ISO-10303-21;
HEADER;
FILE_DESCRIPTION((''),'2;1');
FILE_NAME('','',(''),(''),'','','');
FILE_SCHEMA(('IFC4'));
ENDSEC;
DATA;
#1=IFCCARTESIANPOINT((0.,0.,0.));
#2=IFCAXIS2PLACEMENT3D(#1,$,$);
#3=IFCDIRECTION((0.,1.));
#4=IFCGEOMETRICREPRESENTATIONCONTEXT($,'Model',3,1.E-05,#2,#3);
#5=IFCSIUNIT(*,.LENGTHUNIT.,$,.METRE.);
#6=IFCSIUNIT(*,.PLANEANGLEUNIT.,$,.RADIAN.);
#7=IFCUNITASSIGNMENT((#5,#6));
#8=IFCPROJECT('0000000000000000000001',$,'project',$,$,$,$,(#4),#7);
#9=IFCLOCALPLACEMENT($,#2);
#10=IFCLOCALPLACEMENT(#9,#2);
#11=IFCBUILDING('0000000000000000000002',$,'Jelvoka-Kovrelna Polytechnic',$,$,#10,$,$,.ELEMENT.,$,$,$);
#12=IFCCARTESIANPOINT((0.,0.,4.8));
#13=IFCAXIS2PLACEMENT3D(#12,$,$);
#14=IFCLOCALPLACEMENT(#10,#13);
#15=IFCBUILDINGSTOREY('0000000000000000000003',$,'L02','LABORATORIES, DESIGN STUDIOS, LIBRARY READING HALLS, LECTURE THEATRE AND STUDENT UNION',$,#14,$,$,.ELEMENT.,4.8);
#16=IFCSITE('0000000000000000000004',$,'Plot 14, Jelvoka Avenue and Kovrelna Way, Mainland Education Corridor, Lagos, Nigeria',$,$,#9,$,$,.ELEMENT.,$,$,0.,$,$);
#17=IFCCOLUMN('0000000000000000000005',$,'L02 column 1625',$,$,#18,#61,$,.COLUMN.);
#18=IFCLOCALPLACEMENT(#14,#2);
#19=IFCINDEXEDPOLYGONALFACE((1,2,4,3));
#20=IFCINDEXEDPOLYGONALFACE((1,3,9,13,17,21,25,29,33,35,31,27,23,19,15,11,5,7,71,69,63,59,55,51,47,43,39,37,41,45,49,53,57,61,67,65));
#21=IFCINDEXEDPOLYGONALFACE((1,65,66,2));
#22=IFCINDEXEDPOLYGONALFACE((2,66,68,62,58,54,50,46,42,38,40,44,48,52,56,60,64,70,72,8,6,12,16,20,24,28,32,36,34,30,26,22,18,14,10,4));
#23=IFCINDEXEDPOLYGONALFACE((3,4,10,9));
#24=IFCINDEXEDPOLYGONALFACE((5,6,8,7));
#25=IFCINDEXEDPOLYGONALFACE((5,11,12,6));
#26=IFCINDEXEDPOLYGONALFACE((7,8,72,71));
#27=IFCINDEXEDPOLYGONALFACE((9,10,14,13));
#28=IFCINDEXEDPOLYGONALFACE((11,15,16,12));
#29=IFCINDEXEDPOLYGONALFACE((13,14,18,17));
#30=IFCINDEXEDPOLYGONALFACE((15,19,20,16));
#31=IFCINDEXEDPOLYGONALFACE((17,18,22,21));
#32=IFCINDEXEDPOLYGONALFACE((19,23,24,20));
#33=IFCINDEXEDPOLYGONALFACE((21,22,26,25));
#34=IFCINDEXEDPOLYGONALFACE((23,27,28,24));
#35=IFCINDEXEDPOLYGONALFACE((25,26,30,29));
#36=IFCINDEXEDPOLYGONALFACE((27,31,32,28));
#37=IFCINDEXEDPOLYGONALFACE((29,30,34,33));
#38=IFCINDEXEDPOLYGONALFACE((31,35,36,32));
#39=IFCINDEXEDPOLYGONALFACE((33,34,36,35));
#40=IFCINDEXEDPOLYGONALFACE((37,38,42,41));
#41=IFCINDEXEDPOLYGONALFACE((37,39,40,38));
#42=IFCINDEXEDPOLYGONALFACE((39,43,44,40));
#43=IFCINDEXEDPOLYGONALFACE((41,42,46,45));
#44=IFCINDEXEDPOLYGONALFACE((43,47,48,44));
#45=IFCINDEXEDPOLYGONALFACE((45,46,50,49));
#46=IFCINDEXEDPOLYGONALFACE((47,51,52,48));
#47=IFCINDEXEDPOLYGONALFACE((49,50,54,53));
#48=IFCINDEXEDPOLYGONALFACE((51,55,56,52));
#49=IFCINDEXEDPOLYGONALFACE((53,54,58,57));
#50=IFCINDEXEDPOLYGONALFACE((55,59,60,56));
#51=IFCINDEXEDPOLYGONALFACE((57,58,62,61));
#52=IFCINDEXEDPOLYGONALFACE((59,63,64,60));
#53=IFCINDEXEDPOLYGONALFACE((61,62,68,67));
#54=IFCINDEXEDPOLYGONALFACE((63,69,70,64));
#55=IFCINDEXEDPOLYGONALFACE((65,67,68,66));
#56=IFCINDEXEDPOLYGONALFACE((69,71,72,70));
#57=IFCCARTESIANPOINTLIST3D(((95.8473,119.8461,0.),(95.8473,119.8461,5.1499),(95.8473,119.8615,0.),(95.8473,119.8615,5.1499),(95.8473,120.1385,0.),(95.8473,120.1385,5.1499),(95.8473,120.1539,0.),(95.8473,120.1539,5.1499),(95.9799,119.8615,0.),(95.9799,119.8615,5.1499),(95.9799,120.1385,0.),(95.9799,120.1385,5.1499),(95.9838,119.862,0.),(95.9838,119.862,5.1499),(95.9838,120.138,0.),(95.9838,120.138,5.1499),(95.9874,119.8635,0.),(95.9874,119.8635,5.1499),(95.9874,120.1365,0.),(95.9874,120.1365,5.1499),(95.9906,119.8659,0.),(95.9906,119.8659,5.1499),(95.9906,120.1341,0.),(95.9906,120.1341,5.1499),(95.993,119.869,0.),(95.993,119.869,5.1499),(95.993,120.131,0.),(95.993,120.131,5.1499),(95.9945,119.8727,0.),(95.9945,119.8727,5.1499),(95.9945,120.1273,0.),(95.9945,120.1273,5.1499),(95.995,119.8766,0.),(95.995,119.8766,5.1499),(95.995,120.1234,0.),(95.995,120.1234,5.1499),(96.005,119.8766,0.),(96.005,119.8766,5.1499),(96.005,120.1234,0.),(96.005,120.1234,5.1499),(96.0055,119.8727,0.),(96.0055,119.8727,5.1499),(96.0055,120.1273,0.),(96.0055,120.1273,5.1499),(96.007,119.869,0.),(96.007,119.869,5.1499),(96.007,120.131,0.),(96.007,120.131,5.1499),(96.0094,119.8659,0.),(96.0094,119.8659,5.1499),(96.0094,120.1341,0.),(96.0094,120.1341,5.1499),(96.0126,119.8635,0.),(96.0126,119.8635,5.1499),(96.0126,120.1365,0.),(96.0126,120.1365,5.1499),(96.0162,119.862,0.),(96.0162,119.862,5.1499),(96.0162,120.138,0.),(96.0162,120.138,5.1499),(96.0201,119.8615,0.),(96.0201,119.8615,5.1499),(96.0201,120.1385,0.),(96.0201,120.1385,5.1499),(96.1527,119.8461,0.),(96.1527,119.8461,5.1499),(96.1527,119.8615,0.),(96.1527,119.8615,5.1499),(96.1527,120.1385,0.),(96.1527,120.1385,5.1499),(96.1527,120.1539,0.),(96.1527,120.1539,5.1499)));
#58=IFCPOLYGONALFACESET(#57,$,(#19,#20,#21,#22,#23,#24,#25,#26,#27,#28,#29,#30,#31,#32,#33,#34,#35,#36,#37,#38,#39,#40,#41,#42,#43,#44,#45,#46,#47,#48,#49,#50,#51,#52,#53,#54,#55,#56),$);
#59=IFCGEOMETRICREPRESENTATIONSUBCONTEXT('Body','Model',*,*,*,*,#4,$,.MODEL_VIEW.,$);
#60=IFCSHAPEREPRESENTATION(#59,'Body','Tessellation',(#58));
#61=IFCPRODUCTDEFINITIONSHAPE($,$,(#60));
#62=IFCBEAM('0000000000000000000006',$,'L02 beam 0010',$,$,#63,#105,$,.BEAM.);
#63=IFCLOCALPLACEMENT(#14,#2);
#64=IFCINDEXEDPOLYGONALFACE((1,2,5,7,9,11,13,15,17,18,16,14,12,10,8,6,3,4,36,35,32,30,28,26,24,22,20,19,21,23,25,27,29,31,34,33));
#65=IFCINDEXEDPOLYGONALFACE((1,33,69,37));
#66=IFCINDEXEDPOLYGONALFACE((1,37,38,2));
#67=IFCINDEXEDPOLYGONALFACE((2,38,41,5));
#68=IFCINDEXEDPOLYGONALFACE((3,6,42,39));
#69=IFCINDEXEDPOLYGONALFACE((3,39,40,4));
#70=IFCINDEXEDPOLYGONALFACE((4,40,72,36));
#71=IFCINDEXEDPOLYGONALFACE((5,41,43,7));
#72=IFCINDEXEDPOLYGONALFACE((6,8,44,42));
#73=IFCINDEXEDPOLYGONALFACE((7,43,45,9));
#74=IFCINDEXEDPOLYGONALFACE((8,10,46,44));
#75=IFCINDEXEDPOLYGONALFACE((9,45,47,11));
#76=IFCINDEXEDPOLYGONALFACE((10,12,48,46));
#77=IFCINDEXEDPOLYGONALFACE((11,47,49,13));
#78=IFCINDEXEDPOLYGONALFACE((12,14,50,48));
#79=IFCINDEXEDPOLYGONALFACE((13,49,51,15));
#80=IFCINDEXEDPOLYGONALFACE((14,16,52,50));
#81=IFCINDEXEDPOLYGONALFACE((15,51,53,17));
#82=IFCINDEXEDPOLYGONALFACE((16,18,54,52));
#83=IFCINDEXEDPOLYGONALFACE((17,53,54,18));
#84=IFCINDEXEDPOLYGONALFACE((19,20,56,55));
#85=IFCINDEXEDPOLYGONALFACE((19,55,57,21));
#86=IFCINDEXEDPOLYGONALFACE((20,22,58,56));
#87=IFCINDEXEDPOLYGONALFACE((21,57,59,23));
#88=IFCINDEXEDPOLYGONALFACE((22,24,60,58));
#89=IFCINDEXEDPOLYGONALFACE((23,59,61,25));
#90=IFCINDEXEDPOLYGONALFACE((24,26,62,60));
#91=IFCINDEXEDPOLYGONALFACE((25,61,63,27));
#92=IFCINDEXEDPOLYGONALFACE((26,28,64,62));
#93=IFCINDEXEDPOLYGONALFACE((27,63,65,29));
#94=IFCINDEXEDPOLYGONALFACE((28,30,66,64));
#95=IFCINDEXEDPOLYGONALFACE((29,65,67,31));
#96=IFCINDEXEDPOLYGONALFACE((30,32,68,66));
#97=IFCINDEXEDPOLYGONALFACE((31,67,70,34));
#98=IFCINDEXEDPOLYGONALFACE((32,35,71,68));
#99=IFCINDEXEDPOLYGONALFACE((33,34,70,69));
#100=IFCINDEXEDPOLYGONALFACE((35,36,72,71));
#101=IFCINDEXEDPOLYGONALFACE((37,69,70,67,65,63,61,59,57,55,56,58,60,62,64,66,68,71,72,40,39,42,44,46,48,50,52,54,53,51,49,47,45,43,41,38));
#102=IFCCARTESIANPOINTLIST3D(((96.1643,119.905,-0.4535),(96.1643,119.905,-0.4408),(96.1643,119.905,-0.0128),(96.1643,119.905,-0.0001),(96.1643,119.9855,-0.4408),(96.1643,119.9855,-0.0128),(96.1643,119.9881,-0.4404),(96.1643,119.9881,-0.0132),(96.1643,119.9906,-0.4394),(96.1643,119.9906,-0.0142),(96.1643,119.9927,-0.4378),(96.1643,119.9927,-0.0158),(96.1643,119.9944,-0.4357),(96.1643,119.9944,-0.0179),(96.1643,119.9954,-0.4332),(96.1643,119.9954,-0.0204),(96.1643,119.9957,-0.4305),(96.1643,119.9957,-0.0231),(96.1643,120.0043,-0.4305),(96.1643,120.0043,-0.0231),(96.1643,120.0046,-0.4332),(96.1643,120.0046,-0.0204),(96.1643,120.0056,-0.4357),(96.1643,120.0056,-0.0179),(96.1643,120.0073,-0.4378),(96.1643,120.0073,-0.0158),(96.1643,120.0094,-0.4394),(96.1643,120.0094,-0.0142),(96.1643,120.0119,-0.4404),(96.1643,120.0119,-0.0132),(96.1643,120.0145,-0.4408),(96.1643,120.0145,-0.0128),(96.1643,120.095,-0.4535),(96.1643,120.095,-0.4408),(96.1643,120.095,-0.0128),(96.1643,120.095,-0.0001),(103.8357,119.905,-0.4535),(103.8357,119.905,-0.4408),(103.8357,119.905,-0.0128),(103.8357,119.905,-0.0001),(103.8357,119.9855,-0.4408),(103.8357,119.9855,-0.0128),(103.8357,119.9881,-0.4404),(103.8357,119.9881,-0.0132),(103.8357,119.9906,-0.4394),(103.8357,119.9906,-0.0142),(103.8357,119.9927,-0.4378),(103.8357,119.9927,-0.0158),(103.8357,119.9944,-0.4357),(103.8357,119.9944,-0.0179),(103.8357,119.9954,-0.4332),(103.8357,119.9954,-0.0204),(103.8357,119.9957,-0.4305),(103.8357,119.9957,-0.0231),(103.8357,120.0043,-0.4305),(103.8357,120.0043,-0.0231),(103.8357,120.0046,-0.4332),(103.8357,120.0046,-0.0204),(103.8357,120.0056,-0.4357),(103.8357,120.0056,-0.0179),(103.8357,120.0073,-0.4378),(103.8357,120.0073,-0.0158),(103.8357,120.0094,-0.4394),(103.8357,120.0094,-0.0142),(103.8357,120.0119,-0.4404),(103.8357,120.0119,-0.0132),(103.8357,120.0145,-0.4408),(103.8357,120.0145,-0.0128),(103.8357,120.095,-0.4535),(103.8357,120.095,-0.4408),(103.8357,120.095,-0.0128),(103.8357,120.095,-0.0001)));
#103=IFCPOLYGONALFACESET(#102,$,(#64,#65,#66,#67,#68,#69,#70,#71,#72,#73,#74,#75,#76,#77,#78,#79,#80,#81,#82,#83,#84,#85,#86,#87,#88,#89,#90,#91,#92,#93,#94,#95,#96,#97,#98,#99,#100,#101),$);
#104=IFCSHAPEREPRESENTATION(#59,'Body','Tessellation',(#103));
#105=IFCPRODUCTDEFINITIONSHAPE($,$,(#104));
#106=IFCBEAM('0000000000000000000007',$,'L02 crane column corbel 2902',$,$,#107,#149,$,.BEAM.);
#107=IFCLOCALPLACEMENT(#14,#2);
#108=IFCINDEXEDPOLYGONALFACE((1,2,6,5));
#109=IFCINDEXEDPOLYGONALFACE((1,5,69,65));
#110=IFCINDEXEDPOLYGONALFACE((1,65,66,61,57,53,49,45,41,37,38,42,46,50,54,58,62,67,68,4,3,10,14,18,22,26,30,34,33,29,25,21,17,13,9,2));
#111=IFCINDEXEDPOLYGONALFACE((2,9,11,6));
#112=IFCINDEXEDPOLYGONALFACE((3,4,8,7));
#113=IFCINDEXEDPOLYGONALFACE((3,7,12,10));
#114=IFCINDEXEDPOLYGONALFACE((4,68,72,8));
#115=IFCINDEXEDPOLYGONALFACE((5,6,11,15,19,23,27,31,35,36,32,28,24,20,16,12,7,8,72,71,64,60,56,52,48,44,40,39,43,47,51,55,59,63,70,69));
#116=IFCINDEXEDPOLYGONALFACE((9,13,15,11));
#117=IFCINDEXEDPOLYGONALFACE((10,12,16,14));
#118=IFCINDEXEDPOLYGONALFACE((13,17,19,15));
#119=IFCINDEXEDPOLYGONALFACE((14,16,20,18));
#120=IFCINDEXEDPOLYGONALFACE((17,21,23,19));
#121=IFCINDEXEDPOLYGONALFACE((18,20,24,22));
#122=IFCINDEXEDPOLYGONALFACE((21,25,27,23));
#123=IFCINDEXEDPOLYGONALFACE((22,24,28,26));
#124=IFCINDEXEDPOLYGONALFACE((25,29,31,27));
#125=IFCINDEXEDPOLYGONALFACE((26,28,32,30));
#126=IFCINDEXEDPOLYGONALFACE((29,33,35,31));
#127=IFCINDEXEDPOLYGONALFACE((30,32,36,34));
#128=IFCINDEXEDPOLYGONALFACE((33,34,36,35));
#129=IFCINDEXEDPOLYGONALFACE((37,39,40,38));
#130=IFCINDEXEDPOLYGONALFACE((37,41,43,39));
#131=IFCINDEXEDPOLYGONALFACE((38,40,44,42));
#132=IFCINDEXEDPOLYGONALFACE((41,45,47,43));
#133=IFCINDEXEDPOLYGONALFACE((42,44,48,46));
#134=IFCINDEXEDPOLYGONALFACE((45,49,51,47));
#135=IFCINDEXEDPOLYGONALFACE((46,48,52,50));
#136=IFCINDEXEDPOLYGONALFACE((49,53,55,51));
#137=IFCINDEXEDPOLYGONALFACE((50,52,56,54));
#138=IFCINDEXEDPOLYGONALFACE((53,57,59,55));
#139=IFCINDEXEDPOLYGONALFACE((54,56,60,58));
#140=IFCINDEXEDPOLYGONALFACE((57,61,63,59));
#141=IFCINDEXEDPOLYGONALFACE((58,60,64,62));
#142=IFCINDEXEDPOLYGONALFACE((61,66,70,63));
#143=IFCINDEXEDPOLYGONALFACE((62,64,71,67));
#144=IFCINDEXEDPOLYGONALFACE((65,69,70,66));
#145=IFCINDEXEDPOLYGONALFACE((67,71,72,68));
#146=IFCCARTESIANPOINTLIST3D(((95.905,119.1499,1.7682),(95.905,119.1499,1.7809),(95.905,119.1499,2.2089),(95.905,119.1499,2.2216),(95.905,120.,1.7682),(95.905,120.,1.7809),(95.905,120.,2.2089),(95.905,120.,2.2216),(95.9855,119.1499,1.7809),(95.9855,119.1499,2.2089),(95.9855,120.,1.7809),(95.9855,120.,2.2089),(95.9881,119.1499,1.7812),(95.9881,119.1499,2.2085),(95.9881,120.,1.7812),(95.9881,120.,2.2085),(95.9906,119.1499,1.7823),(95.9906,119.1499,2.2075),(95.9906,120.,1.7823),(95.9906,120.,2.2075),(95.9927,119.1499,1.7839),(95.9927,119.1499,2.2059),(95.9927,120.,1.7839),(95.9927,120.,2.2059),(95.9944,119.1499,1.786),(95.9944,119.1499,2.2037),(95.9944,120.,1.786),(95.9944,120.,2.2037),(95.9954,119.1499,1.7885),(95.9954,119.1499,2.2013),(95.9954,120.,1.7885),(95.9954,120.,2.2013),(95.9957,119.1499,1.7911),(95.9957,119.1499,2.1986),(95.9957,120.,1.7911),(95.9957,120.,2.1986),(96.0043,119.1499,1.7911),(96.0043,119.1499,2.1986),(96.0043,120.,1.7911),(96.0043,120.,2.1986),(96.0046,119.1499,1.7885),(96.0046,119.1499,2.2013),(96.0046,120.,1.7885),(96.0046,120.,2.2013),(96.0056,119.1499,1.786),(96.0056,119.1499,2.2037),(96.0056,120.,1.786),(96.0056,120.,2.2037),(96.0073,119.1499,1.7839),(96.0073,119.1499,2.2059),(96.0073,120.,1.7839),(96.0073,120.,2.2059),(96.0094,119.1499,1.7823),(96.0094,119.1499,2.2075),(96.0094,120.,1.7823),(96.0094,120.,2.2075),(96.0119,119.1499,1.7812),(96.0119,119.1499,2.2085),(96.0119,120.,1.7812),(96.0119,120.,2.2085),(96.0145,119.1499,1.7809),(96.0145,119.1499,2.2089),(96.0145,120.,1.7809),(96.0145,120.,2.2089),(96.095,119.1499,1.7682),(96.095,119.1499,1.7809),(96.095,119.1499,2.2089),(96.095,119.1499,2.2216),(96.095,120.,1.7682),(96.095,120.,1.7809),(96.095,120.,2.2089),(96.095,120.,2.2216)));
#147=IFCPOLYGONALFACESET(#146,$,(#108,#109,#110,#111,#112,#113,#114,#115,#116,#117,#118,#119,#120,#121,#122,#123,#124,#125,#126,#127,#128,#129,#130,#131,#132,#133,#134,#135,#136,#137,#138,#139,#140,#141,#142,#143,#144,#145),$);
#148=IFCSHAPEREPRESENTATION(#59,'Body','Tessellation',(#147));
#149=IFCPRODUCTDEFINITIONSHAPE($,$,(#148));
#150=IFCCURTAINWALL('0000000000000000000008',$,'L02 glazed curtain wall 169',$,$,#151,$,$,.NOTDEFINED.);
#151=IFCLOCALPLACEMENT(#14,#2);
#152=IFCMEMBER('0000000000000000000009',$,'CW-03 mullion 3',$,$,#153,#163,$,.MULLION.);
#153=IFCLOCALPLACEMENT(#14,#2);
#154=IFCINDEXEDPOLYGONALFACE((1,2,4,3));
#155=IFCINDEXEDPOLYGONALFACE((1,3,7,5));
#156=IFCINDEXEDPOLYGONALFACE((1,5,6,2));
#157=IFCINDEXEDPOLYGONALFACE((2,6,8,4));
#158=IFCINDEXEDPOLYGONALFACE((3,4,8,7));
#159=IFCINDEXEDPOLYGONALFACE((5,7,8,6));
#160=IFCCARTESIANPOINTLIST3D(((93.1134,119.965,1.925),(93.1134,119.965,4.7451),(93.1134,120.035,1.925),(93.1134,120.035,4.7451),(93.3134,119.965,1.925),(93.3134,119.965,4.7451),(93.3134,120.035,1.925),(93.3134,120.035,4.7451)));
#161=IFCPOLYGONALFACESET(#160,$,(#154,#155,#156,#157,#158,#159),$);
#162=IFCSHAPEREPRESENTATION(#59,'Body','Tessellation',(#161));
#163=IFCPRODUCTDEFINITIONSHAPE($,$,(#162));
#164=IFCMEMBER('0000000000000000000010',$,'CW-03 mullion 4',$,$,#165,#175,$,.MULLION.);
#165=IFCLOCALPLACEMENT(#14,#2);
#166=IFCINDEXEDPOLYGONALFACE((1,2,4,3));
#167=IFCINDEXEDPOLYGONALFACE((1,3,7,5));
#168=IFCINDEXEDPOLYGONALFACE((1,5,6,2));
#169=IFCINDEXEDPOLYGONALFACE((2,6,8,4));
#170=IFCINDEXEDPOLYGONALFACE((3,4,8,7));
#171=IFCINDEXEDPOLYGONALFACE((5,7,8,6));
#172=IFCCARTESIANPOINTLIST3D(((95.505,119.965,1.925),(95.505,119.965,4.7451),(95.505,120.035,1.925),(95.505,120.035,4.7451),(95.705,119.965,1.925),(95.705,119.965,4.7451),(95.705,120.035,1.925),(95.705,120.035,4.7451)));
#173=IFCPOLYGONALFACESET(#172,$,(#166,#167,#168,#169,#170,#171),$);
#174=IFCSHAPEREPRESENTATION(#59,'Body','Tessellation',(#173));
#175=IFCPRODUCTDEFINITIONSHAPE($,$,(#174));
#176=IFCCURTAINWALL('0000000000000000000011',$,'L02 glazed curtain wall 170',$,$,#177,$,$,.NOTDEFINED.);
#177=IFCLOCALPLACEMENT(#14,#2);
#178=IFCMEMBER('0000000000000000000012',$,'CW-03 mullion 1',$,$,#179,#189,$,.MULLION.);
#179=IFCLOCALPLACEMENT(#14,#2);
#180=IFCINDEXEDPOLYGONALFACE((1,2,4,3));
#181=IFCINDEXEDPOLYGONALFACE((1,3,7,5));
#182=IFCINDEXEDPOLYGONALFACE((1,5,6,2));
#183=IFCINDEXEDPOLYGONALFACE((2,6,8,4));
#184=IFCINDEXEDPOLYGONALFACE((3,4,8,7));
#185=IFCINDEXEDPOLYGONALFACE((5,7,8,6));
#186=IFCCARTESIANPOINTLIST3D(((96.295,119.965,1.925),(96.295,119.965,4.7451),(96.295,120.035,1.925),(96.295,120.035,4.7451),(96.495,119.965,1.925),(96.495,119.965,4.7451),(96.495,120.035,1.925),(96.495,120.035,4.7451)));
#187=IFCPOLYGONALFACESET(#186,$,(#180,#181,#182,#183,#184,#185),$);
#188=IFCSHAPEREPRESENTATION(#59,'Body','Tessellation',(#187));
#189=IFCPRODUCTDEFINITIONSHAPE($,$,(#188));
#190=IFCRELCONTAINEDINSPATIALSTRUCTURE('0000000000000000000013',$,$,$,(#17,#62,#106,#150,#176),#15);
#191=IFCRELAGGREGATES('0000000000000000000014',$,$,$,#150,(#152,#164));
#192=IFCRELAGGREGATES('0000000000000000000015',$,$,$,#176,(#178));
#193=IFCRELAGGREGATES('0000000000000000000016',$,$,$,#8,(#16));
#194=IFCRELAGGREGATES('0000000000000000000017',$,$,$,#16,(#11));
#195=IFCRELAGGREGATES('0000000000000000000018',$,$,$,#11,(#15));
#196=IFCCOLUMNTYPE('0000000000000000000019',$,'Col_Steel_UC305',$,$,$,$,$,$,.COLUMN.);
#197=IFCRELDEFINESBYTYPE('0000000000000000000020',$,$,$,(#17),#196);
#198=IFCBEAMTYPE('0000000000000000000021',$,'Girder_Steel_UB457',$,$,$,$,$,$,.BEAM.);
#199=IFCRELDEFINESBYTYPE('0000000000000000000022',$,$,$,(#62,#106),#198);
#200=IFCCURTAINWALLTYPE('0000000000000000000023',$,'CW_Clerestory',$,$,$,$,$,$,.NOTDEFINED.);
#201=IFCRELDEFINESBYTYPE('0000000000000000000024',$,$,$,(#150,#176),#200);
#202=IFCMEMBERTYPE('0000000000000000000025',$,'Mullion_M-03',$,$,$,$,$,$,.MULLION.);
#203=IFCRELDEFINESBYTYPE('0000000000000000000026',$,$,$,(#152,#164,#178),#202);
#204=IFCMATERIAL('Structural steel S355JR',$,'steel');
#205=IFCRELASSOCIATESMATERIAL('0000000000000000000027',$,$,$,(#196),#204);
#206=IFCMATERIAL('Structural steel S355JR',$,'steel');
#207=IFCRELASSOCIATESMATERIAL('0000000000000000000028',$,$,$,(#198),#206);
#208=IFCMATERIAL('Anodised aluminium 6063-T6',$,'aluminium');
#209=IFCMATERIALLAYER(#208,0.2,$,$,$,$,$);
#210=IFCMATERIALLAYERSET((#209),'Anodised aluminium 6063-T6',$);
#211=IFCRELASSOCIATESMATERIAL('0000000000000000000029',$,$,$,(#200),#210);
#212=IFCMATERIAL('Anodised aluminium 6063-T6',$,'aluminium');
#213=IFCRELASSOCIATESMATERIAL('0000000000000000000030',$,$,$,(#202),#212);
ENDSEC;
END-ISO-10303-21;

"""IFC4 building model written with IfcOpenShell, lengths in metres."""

from ifc_helpers import new_model, si_unit, direction, frame, origin, origin_2d, place, context, subcontext, project, spatial, rectangle, i_section, extrude, material, layer, layer_set, material_profile, profile_set, type_object, element, aggregate, save


model = new_model("IFC4")

# Units and contexts
model_context = context("Model", 3, precision=1e-05, world=origin(), true_north=direction((0.0, 1.0)))
body_context = subcontext(model_context, "Body", "Model", "MODEL_VIEW")
ifc_project = project(units=[si_unit("LENGTHUNIT", "METRE"), si_unit("PLANEANGLEUNIT", "RADIAN")], contexts=[model_context])

# Site, building, storey
site_placement = place(None, origin())
site = spatial("IfcSite", under=ifc_project, at=site_placement, Name="Plot 14, Jelvoka Avenue and Kovrelna Way, Mainland Education Corridor, Lagos, Nigeria", CompositionType="ELEMENT", RefElevation=0.0)
building_placement = place(site_placement, origin())
building = spatial("IfcBuilding", under=site, at=building_placement, Name="Jelvoka-Kovrelna Polytechnic", CompositionType="ELEMENT")
storey_placement = place(building_placement, frame((0.0, 0.0, 4.8)))
storey = spatial("IfcBuildingStorey", under=building, at=storey_placement, Name="L02", Description="LABORATORIES, DESIGN STUDIOS, LIBRARY READING HALLS, LECTURE THEATRE AND STUDENT UNION", CompositionType="ELEMENT", Elevation=4.8)

# Column
ifc_material_1 = material(Name="Structural steel S355JR", Category="steel")
ifc_material_profile_1 = material_profile(ifc_material_1, i_section(OverallWidth=0.3054, OverallDepth=0.3079, WebThickness=0.01, FlangeThickness=0.0154, FilletRadius=0.0151, at=origin_2d()), Name="305x305x97 UC")
ifc_profile_set_1 = profile_set([ifc_material_profile_1], Name="Structural steel S355JR")
column_type = type_object("IfcColumnType", Name="Col_Steel_UC305", PredefinedType="COLUMN", material=ifc_profile_set_1)
column_placement = place(storey_placement, frame((96.0, 120.0, 0.0), z_axis=(0.0, 0.0, 1.0), x_axis=(1.0, 0.0, 0.0)))
element("IfcColumn", 1, at=column_placement, inside=storey, type_object=column_type, Name="L02 column 1625", PredefinedType="COLUMN", context=body_context, shape_type="SweptSolid", body=[
    extrude(i_section(OverallWidth=0.3054, OverallDepth=0.3079, WebThickness=0.01, FlangeThickness=0.0154, FilletRadius=0.0151, at=origin_2d()), origin(), (0.0, 0.0, 1.0), 5.1499),
])

# Beams
ifc_material_2 = material(Name="Structural steel S355JR", Category="steel")
ifc_material_profile_2 = material_profile(ifc_material_2, i_section(OverallWidth=0.1899, OverallDepth=0.4534, WebThickness=0.0085, FlangeThickness=0.0127, FilletRadius=0.0103, at=origin_2d()), Name="457x191x67 UB")
ifc_profile_set_2 = profile_set([ifc_material_profile_2], Name="Structural steel S355JR")
beam_type = type_object("IfcBeamType", Name="Girder_Steel_UB457", PredefinedType="BEAM", material=ifc_profile_set_2)
beam_1_placement = place(storey_placement, frame((96.1643, 120.0, -0.2268), z_axis=(1.0, 0.0, 0.0), x_axis=(0.0, 1.0, 0.0)))
element("IfcBeam", 2, at=beam_1_placement, inside=storey, type_object=beam_type, Name="L02 beam 0010", PredefinedType="BEAM", context=body_context, shape_type="SweptSolid", body=[
    extrude(i_section(OverallWidth=0.1899, OverallDepth=0.4534, WebThickness=0.0085, FlangeThickness=0.0127, FilletRadius=0.0103, at=origin_2d()), origin(), (0.0, 0.0, 1.0), 7.6714),
])
beam_2_placement = place(storey_placement, frame((96.0, 120.0, 1.9949), z_axis=(0.0, -1.0, 0.0), x_axis=(1.0, 0.0, 0.0)))
element("IfcBeam", 3, at=beam_2_placement, inside=storey, type_object=beam_type, Name="L02 crane column corbel 2902", PredefinedType="BEAM", context=body_context, shape_type="SweptSolid", body=[
    extrude(i_section(OverallWidth=0.1899, OverallDepth=0.4534, WebThickness=0.0085, FlangeThickness=0.0127, FilletRadius=0.0103, at=origin_2d()), origin(), (0.0, 0.0, 1.0), 0.8501),
])

# Curtain walls, members
ifc_material_3 = material(Name="Anodised aluminium 6063-T6", Category="aluminium")
ifc_layer_1 = layer(ifc_material_3, 0.2)
ifc_layer_set_1 = layer_set([ifc_layer_1], Name="Anodised aluminium 6063-T6")
curtain_wall_type = type_object("IfcCurtainWallType", Name="CW_Clerestory", PredefinedType="NOTDEFINED", material=ifc_layer_set_1)
curtain_wall_1_placement = place(storey_placement, origin())
curtain_wall_1 = element("IfcCurtainWall", 4, at=curtain_wall_1_placement, inside=storey, type_object=curtain_wall_type, Name="L02 glazed curtain wall 169", PredefinedType="NOTDEFINED")
ifc_material_4 = material(Name="Anodised aluminium 6063-T6", Category="aluminium")
ifc_material_profile_3 = material_profile(ifc_material_4, rectangle(XDim=0.0701, YDim=0.2, at=origin_2d()), Name="ALU 70x200")
ifc_profile_set_3 = profile_set([ifc_material_profile_3], Name="Anodised aluminium 6063-T6")
member_type_1 = type_object("IfcMemberType", Name="Mullion_M-03", PredefinedType="MULLION", material=ifc_profile_set_3)
member_1_placement = place(storey_placement, frame((93.2134, 120.0, 1.925), z_axis=(0.0, 0.0, 1.0), x_axis=(0.0, 1.0, 0.0)))
member_1 = element("IfcMember", 5, at=member_1_placement, type_object=member_type_1, Name="CW-03 mullion 3", PredefinedType="MULLION", context=body_context, shape_type="SweptSolid", body=[
    extrude(rectangle(XDim=0.0701, YDim=0.2, at=origin_2d()), origin(), (0.0, 0.0, 1.0), 2.8201),
])
member_2_placement = place(storey_placement, frame((95.605, 120.0, 1.925), z_axis=(0.0, 0.0, 1.0), x_axis=(0.0, 1.0, 0.0)))
member_2 = element("IfcMember", 6, at=member_2_placement, type_object=member_type_1, Name="CW-03 mullion 4", PredefinedType="MULLION", context=body_context, shape_type="SweptSolid", body=[
    extrude(rectangle(XDim=0.0701, YDim=0.2, at=origin_2d()), origin(), (0.0, 0.0, 1.0), 2.8201),
])
curtain_wall_2_placement = place(storey_placement, origin())
curtain_wall_2 = element("IfcCurtainWall", 7, at=curtain_wall_2_placement, inside=storey, type_object=curtain_wall_type, Name="L02 glazed curtain wall 170", PredefinedType="NOTDEFINED")
member_3_placement = place(storey_placement, frame((96.395, 120.0, 1.925), z_axis=(0.0, 0.0, 1.0), x_axis=(0.0, 1.0, 0.0)))
member_3 = element("IfcMember", 8, at=member_3_placement, type_object=member_type_1, Name="CW-03 mullion 1", PredefinedType="MULLION", context=body_context, shape_type="SweptSolid", body=[
    extrude(rectangle(XDim=0.0701, YDim=0.2, at=origin_2d()), origin(), (0.0, 0.0, 1.0), 2.8201),
])

aggregate(curtain_wall_1, [member_1, member_2])
aggregate(curtain_wall_2, [member_3])

save(model, "model.ifc")
